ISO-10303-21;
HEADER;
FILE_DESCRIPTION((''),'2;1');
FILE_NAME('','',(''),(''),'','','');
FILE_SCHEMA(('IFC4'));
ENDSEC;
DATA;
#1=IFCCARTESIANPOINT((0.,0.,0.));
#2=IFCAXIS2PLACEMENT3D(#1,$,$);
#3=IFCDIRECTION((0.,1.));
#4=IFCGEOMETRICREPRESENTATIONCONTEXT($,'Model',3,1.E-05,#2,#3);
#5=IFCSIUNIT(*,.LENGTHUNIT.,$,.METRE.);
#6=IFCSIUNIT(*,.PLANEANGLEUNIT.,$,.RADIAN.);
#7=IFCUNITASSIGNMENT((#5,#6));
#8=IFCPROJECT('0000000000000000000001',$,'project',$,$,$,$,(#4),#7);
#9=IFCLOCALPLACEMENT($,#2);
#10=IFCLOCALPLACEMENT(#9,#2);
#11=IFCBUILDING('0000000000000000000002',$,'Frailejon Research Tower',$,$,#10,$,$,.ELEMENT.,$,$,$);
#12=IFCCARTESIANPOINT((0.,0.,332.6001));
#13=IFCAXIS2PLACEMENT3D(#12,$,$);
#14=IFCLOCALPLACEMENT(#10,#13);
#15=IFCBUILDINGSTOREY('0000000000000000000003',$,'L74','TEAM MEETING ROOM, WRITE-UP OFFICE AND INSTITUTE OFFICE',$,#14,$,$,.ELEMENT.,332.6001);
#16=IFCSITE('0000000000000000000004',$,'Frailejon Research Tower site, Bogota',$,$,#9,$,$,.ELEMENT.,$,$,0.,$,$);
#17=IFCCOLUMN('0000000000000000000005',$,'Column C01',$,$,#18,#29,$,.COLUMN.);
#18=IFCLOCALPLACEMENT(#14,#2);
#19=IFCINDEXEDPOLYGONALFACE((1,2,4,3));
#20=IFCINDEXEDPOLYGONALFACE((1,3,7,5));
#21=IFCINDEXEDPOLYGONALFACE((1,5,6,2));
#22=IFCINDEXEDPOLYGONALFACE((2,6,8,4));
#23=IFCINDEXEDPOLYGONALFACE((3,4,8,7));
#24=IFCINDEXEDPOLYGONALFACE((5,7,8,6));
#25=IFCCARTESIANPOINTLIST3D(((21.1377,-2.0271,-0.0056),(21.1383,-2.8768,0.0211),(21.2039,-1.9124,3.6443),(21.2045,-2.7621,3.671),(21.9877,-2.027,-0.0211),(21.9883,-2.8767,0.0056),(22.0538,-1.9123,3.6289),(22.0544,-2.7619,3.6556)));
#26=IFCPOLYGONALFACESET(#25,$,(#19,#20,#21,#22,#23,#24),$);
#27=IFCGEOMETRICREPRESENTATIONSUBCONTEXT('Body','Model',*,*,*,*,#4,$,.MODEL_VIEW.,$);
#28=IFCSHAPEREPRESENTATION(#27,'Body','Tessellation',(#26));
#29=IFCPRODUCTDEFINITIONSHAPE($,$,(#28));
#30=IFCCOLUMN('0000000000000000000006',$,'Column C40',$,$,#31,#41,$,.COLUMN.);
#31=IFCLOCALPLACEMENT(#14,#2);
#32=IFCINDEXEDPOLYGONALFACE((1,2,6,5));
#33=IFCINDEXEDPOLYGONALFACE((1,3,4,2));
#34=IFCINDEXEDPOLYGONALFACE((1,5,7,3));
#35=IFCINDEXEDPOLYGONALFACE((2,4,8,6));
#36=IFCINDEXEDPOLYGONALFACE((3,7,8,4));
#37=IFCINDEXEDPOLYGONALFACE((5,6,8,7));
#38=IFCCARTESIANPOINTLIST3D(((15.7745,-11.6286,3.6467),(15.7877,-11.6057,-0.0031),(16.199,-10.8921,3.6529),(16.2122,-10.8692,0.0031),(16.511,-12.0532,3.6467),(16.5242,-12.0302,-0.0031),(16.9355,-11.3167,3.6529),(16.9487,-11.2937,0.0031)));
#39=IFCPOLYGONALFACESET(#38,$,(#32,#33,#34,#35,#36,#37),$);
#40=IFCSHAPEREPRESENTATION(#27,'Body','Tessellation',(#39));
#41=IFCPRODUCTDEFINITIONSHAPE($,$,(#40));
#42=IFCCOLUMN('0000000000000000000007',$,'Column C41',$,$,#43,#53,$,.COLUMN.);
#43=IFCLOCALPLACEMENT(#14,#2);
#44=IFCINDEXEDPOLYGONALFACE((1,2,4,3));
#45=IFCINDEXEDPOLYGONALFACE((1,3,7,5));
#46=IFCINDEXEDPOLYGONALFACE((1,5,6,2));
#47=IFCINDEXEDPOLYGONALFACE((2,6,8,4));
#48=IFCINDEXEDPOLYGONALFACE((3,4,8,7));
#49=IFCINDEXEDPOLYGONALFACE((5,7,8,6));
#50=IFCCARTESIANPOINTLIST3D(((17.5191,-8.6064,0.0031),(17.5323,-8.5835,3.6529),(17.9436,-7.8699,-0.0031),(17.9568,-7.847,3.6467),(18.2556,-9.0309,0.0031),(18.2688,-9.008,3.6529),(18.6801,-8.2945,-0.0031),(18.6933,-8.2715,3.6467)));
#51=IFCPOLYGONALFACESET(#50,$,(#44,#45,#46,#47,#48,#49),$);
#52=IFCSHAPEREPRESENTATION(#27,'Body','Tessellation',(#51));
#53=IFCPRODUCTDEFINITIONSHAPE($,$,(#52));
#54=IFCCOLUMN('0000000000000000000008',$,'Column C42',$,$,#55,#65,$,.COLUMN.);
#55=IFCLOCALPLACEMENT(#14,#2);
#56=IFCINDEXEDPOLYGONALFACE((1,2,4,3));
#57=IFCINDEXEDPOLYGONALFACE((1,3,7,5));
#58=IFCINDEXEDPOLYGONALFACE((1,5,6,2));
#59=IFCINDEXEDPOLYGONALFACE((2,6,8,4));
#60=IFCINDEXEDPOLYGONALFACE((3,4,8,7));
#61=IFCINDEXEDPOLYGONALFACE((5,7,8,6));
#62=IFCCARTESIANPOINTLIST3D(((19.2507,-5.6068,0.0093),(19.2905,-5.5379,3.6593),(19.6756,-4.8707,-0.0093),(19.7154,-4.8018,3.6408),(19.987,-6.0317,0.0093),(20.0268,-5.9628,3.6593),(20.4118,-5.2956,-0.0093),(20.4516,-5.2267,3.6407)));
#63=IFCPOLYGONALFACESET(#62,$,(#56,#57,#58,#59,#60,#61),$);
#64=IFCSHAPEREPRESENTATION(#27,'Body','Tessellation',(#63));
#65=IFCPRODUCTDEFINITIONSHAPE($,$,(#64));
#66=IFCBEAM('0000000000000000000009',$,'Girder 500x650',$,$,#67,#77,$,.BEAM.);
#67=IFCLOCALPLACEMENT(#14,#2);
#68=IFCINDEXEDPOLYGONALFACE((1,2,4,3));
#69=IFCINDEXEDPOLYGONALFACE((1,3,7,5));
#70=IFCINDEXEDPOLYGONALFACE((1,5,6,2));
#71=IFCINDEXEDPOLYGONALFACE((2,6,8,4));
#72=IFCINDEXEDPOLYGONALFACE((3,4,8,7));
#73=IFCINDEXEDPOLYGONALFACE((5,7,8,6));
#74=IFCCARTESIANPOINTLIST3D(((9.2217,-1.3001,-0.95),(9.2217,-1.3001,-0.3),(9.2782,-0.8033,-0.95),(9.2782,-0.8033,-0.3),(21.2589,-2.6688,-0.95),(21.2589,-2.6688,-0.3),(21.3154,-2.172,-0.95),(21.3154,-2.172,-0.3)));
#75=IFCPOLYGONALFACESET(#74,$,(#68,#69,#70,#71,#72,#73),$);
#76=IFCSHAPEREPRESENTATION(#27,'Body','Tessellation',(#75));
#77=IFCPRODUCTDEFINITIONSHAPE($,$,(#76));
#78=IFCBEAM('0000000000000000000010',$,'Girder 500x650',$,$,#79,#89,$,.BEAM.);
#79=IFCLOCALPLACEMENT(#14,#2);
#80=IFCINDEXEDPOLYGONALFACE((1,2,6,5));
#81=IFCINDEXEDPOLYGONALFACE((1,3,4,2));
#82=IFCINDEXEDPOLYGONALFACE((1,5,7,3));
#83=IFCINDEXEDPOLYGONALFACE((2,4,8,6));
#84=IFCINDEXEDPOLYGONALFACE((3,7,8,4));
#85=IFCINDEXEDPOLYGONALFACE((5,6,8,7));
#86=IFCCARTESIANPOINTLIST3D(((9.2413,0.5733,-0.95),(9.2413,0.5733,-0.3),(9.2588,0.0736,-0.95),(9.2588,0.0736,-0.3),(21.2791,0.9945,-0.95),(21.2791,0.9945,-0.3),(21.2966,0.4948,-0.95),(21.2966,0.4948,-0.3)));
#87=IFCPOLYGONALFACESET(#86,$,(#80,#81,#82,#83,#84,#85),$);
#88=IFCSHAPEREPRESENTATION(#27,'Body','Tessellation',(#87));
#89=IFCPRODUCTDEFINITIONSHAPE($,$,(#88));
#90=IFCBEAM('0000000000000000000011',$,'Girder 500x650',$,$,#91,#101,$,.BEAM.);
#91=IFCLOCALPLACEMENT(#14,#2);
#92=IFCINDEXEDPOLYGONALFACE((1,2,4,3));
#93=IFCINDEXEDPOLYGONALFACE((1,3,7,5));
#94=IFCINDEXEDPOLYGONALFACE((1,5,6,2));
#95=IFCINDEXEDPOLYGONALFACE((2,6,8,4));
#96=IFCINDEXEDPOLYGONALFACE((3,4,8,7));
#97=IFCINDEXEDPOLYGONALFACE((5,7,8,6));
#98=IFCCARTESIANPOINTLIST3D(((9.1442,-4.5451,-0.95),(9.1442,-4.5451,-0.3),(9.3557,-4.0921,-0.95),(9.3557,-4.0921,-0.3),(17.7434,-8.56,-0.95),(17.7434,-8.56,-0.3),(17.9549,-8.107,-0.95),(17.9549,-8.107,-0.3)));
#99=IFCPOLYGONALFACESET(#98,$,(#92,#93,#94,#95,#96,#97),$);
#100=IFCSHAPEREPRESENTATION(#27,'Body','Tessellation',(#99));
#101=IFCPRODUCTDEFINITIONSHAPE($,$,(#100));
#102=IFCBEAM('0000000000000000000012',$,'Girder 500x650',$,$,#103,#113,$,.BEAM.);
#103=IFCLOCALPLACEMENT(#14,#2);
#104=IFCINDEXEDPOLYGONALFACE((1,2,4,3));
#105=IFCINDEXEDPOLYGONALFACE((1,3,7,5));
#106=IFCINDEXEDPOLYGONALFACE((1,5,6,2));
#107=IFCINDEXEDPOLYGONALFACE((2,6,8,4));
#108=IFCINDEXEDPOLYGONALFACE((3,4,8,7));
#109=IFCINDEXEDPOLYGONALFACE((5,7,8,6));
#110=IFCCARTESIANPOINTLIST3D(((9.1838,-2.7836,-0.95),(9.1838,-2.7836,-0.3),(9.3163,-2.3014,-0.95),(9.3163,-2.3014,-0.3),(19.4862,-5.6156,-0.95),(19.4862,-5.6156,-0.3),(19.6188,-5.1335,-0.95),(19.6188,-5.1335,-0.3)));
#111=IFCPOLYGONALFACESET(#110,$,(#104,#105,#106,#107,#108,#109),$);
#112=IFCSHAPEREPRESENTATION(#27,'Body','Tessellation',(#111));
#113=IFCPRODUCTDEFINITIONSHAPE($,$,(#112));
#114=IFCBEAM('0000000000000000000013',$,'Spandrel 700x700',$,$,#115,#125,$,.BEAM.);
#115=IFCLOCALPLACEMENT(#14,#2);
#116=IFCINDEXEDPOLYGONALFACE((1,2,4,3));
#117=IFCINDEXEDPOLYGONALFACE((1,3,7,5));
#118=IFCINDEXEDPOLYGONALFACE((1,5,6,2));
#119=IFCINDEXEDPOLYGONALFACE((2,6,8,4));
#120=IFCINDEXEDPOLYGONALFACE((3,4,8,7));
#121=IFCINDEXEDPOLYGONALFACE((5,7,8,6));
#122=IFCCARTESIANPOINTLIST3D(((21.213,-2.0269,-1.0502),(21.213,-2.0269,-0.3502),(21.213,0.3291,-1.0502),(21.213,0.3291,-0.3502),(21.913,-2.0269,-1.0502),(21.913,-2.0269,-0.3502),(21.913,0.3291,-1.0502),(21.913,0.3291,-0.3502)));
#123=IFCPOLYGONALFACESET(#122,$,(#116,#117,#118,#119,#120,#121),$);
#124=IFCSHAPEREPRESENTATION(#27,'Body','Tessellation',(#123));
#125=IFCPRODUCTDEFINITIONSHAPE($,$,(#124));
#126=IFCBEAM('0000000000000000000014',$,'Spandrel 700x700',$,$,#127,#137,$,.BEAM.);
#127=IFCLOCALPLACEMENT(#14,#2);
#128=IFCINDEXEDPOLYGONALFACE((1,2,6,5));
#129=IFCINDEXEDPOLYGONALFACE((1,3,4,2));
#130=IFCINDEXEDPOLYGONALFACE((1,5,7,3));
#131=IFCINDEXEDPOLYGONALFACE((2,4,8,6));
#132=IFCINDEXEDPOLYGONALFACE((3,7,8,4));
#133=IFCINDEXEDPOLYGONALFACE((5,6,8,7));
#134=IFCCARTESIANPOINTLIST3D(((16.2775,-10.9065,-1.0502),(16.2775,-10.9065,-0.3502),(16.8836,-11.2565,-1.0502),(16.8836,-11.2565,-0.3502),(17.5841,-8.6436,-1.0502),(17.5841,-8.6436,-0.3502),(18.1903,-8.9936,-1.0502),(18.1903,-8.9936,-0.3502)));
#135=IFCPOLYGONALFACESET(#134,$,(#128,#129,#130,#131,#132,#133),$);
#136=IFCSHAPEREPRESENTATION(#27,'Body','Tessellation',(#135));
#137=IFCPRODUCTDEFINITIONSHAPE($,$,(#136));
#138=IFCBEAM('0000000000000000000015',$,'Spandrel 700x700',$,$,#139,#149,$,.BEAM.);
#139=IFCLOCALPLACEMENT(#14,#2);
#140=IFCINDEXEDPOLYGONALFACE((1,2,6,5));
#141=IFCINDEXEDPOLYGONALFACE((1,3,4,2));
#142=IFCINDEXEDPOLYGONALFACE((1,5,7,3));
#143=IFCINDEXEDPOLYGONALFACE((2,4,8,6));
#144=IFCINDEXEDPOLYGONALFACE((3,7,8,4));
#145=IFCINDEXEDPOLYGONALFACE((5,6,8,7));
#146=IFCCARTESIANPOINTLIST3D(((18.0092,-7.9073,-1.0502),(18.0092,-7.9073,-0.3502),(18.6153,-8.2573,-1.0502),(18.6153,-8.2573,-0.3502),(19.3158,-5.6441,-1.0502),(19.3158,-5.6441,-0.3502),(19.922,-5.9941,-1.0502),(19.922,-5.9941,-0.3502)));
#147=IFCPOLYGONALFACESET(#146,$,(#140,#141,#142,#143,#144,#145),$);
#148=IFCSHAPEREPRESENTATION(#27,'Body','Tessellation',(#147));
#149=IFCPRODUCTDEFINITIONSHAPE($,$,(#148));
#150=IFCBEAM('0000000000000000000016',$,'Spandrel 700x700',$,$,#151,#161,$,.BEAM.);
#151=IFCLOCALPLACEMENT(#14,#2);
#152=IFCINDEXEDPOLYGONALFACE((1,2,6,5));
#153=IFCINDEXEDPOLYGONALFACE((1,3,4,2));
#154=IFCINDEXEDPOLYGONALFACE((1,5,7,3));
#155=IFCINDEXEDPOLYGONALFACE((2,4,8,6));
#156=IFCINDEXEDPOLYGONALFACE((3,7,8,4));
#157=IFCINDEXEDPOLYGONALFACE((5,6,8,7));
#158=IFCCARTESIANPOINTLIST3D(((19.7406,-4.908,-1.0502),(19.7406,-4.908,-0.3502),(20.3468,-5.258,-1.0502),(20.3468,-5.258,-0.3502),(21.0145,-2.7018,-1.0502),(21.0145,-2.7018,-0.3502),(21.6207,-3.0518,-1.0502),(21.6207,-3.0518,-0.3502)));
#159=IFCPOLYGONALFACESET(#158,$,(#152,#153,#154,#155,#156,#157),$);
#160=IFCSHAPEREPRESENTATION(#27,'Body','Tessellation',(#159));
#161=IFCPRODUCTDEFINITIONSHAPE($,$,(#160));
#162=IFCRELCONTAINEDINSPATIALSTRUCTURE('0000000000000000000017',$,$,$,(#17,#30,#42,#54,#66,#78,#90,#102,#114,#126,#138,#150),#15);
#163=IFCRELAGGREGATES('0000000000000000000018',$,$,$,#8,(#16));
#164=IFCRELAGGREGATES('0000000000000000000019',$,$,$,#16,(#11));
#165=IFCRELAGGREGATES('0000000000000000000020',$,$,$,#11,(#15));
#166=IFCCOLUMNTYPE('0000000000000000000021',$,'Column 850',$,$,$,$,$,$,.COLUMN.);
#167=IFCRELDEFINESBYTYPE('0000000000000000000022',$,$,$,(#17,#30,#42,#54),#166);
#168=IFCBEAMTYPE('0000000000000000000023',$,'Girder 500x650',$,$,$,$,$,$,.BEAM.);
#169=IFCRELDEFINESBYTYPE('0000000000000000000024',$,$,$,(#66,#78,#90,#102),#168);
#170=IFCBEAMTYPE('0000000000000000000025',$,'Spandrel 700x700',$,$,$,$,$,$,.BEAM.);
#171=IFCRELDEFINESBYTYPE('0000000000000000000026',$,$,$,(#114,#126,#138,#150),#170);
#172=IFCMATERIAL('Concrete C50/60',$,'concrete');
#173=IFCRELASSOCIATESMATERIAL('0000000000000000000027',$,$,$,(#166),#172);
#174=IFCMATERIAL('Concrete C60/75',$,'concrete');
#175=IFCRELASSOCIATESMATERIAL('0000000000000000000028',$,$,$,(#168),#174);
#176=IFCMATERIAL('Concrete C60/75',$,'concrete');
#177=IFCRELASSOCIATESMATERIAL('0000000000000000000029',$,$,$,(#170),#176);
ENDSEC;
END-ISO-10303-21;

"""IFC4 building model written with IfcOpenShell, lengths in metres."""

from ifc_helpers import new_model, si_unit, direction, frame, origin, origin_2d, place, context, subcontext, project, spatial, rectangle, extrude, material, material_profile, profile_set, type_object, element, save


model = new_model("IFC4")

# Units and contexts
model_context = context("Model", 3, precision=1e-05, world=origin(), true_north=direction((0.0, 1.0)))
body_context = subcontext(model_context, "Body", "Model", "MODEL_VIEW")
ifc_project = project(units=[si_unit("LENGTHUNIT", "METRE"), si_unit("PLANEANGLEUNIT", "RADIAN")], contexts=[model_context])

# Site, building, storey
site_placement = place(None, origin())
site = spatial("IfcSite", under=ifc_project, at=site_placement, Name="Frailejon Research Tower site, Bogota", CompositionType="ELEMENT", RefElevation=0.0)
building_placement = place(site_placement, origin())
building = spatial("IfcBuilding", under=site, at=building_placement, Name="Frailejon Research Tower", CompositionType="ELEMENT")
storey_placement = place(building_placement, frame((0.0, 0.0, 332.6001)))
storey = spatial("IfcBuildingStorey", under=building, at=storey_placement, Name="L74", Description="TEAM MEETING ROOM, WRITE-UP OFFICE AND INSTITUTE OFFICE", CompositionType="ELEMENT", Elevation=332.6001)

# Columns
ifc_material_1 = material(Name="Concrete C50/60", Category="concrete")
ifc_material_profile_1 = material_profile(ifc_material_1, rectangle(XDim=0.8501, YDim=0.8501, at=origin_2d()), Name="Column 850")
ifc_profile_set_1 = profile_set([ifc_material_profile_1], Name="Concrete C50/60")
column_type = type_object("IfcColumnType", Name="Column 850", PredefinedType="COLUMN", material=ifc_profile_set_1)
column_1_placement = place(storey_placement, frame((21.563, -2.4519, 0.0), z_axis=(0.018115, 0.031417, 0.999342), x_axis=(-0.000701, 0.999506, -0.03141)))
element("IfcColumn", 1, at=column_1_placement, inside=storey, type_object=column_type, Name="Column C01", PredefinedType="COLUMN", context=body_context, shape_type="SweptSolid", body=[
    extrude(rectangle(XDim=0.8501, YDim=0.8501, at=origin_2d()), origin(), (0.0, 0.0, 1.0), 3.6523),
])
for number, where, z_axis, x_axis, name in (
    (2, (16.3682, -11.4497, 0.0), (-0.003612, -0.006287, 0.999974), (0.499382, 0.866352, 0.007251), "Column C40"),
    (3, (18.0996, -8.4504, 0.0), (0.003612, 0.006287, 0.999974), (0.499382, 0.866352, -0.007251), "Column C41"),
):
    element("IfcColumn", number, at=place(storey_placement, frame(where, z_axis=z_axis, x_axis=x_axis)), inside=storey, type_object=column_type, Name=name, PredefinedType="COLUMN", context=body_context, shape_type="SweptSolid", body=[
        extrude(rectangle(XDim=0.8501, YDim=0.8501, at=origin_2d()), origin(), (0.0, 0.0, 1.0), 3.6499),
    ])
column_2_placement = place(storey_placement, frame((19.8313, -5.4512, 0.0), z_axis=(0.0109, 0.018858, 0.999763), x_axis=(0.499729, 0.865908, -0.021782)))
element("IfcColumn", 4, at=column_2_placement, inside=storey, type_object=column_type, Name="Column C42", PredefinedType="COLUMN", context=body_context, shape_type="SweptSolid", body=[
    extrude(rectangle(XDim=0.8501, YDim=0.8501, at=origin_2d()), origin(), (0.0, 0.0, 1.0), 3.6509),
])

# Beams
ifc_material_2 = material(Name="Concrete C60/75", Category="concrete")
ifc_material_profile_2 = material_profile(ifc_material_2, rectangle(XDim=0.5, YDim=0.6499, at=origin_2d()), Name="Girder 500x650")
ifc_profile_set_2 = profile_set([ifc_material_profile_2], Name="Concrete C60/75")
beam_type_1 = type_object("IfcBeamType", Name="Girder 500x650", PredefinedType="BEAM", material=ifc_profile_set_2)
beam_1_placement = place(storey_placement, frame((21.2871, -2.4204, -0.625), z_axis=(-0.993598, 0.112975, 0.0), x_axis=(-0.112975, -0.993598, 0.0)))
element("IfcBeam", 5, at=beam_1_placement, inside=storey, type_object=beam_type_1, Name="Girder 500x650", PredefinedType="BEAM", context=body_context, shape_type="SweptSolid", body=[
    extrude(rectangle(XDim=0.5, YDim=0.6499, at=origin_2d()), origin(), (0.0, 0.0, 1.0), 12.1147),
])
beam_2_placement = place(storey_placement, frame((21.2878, 0.7446, -0.625), z_axis=(-0.999389, -0.034964, 0.0), x_axis=(0.034964, -0.999389, 0.0)))
element("IfcBeam", 6, at=beam_2_placement, inside=storey, type_object=beam_type_1, Name="Girder 500x650", PredefinedType="BEAM", context=body_context, shape_type="SweptSolid", body=[
    extrude(rectangle(XDim=0.5, YDim=0.6499, at=origin_2d()), origin(), (0.0, 0.0, 1.0), 12.0452),
])
beam_3_placement = place(storey_placement, frame((17.8491, -8.3335, -0.625), z_axis=(-0.906104, 0.423056, 0.0), x_axis=(-0.423056, -0.906104, 0.0)))
element("IfcBeam", 7, at=beam_3_placement, inside=storey, type_object=beam_type_1, Name="Girder 500x650", PredefinedType="BEAM", context=body_context, shape_type="SweptSolid", body=[
    extrude(rectangle(XDim=0.5, YDim=0.6499, at=origin_2d()), origin(), (0.0, 0.0, 1.0), 9.4902),
])
beam_4_placement = place(storey_placement, frame((19.5525, -5.3745, -0.625), z_axis=(-0.964233, 0.265056, 0.0), x_axis=(-0.265056, -0.964233, 0.0)))
element("IfcBeam", 8, at=beam_4_placement, inside=storey, type_object=beam_type_1, Name="Girder 500x650", PredefinedType="BEAM", context=body_context, shape_type="SweptSolid", body=[
    extrude(rectangle(XDim=0.5, YDim=0.6499, at=origin_2d()), origin(), (0.0, 0.0, 1.0), 10.6846),
])
ifc_material_3 = material(Name="Concrete C60/75", Category="concrete")
ifc_material_profile_3 = material_profile(ifc_material_3, rectangle(XDim=0.7, YDim=0.7, at=origin_2d()), Name="Spandrel 700x700")
ifc_profile_set_3 = profile_set([ifc_material_profile_3], Name="Concrete C60/75")
beam_type_2 = type_object("IfcBeamType", Name="Spandrel 700x700", PredefinedType="BEAM", material=ifc_profile_set_3)
beam_5_placement = place(storey_placement, frame((21.563, -2.0269, -0.7002), z_axis=(0.0, 1.0, 0.0), x_axis=(-1.0, 0.0, 0.0)))
element("IfcBeam", 9, at=beam_5_placement, inside=storey, type_object=beam_type_2, Name="Spandrel 700x700", PredefinedType="BEAM", context=body_context, shape_type="SweptSolid", body=[
    extrude(rectangle(XDim=0.7, YDim=0.7, at=origin_2d()), origin(), (0.0, 0.0, 1.0), 2.356),
])
beam_6_placement = place(storey_placement, frame((16.5806, -11.0815, -0.7002), z_axis=(0.500038, 0.866004, 0.0), x_axis=(-0.866004, 0.500038, 0.0)))
element("IfcBeam", 10, at=beam_6_placement, inside=storey, type_object=beam_type_2, Name="Spandrel 700x700", PredefinedType="BEAM", context=body_context, shape_type="SweptSolid", body=[
    extrude(rectangle(XDim=0.7, YDim=0.7, at=origin_2d()), origin(), (0.0, 0.0, 1.0), 2.613),
])
beam_7_placement = place(storey_placement, frame((18.3123, -8.0823, -0.7002), z_axis=(0.499997, 0.866027, 0.0), x_axis=(-0.866027, 0.499997, 0.0)))
element("IfcBeam", 11, at=beam_7_placement, inside=storey, type_object=beam_type_2, Name="Spandrel 700x700", PredefinedType="BEAM", context=body_context, shape_type="SweptSolid", body=[
    extrude(rectangle(XDim=0.7, YDim=0.7, at=origin_2d()), origin(), (0.0, 0.0, 1.0), 2.6133),
])
beam_8_placement = place(storey_placement, frame((20.0437, -5.083, -0.7002), z_axis=(0.500035, 0.866005, 0.0), x_axis=(-0.866005, 0.500035, 0.0)))
element("IfcBeam", 12, at=beam_8_placement, inside=storey, type_object=beam_type_2, Name="Spandrel 700x700", PredefinedType="BEAM", context=body_context, shape_type="SweptSolid", body=[
    extrude(rectangle(XDim=0.7, YDim=0.7, at=origin_2d()), origin(), (0.0, 0.0, 1.0), 2.5476),
])

save(model, "model.ifc")
